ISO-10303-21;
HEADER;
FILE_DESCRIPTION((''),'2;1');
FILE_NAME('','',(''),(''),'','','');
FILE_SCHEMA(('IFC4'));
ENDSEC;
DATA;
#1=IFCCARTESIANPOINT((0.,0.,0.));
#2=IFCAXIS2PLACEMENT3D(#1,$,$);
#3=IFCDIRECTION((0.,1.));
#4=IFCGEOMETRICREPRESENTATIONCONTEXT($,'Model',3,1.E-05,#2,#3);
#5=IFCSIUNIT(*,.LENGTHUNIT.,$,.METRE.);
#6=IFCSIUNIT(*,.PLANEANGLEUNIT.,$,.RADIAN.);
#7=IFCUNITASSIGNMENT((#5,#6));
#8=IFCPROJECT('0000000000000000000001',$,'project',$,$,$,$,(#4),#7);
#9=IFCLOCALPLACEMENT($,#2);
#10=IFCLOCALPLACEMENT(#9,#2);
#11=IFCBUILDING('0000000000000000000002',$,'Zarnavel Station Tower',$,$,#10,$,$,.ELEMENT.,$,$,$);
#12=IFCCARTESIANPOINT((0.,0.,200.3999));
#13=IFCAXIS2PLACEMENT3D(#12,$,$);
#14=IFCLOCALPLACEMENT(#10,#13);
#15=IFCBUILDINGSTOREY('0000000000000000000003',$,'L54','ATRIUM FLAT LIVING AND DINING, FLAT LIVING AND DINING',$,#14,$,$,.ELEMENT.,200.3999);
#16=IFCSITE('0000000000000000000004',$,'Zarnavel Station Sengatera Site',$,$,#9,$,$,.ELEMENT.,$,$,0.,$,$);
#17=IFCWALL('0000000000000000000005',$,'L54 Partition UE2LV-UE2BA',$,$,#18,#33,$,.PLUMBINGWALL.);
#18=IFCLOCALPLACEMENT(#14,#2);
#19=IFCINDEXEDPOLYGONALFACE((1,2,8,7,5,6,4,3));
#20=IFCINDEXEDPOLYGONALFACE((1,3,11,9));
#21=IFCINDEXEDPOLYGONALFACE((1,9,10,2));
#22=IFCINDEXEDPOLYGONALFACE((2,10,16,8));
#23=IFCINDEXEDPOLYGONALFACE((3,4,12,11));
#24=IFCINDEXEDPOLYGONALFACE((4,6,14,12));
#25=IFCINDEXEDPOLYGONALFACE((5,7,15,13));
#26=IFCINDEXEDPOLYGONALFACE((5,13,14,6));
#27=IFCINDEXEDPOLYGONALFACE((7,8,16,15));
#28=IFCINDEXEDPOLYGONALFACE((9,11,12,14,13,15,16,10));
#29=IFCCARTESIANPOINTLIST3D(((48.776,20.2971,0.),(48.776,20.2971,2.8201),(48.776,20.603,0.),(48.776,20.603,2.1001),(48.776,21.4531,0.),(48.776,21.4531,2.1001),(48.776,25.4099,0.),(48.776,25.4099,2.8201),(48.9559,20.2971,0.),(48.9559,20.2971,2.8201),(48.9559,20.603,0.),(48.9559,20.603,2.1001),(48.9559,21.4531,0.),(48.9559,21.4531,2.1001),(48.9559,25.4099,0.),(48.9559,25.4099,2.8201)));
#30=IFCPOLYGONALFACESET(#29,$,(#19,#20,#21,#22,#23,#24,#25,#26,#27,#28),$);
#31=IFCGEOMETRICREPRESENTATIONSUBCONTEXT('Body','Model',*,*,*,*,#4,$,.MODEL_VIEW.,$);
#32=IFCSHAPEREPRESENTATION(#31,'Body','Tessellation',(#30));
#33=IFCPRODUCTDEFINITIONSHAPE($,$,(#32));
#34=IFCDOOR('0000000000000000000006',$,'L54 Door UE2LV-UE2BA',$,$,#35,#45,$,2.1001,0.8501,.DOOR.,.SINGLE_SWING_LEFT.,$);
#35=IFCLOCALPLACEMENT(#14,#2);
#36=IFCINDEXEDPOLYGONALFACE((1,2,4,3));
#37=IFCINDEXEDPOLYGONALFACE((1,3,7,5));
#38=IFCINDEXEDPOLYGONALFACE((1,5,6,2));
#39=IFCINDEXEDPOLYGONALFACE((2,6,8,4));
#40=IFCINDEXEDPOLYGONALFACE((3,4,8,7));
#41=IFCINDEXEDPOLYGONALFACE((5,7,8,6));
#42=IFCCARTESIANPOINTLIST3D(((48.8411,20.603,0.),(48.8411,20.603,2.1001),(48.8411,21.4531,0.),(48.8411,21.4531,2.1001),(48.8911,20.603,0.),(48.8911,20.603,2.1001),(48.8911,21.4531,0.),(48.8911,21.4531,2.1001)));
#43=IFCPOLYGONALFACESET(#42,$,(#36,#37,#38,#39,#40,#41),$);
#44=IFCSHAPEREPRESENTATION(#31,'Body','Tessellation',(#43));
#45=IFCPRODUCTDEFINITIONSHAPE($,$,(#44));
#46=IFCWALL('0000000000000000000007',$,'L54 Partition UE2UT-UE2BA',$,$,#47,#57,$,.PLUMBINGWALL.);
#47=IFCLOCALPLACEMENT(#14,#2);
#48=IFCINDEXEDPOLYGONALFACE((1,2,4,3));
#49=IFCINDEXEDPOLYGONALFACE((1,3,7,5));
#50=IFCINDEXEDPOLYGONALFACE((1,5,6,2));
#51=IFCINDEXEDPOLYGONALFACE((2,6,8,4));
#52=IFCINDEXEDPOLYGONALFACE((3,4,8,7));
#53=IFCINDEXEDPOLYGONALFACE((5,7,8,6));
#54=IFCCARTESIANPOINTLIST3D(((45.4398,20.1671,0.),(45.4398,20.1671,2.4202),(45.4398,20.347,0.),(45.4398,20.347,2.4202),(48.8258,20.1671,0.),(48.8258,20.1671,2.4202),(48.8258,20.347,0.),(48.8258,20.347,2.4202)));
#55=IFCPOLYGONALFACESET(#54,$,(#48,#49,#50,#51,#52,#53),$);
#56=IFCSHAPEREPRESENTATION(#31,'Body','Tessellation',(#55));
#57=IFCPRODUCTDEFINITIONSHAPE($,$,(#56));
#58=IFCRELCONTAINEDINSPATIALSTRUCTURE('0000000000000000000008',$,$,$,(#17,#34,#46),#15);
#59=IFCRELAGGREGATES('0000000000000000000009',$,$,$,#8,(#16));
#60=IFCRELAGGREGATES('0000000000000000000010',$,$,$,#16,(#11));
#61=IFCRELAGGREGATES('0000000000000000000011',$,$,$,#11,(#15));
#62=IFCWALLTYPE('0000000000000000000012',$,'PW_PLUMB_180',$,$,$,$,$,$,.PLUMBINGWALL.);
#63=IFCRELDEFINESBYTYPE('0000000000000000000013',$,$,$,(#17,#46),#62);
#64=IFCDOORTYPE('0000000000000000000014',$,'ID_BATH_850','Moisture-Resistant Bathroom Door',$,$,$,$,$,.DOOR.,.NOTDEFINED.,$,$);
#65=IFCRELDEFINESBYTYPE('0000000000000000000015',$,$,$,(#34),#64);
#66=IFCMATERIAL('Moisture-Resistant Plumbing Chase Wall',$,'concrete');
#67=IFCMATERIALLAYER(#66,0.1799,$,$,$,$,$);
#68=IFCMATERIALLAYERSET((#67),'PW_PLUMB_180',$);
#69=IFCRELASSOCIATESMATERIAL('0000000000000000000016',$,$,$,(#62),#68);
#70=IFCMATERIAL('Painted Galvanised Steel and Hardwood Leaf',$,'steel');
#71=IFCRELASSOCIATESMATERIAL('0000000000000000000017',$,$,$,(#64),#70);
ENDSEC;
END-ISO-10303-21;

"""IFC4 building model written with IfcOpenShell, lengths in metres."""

from ifc_helpers import new_model, si_unit, direction, frame, frame_2d, origin, place, context, subcontext, project, spatial, rectangle, extrude, material, layer, layer_set, type_object, element, fill, save


model = new_model("IFC4")

# Units and contexts
model_context = context("Model", 3, precision=1e-05, world=origin(), true_north=direction((0.0, 1.0)))
body_context = subcontext(model_context, "Body", "Model", "MODEL_VIEW")
ifc_project = project(units=[si_unit("LENGTHUNIT", "METRE"), si_unit("PLANEANGLEUNIT", "RADIAN")], contexts=[model_context])

# Site, building, storey
site_placement = place(None, origin())
site = spatial("IfcSite", under=ifc_project, at=site_placement, Name="Zarnavel Station Sengatera Site", CompositionType="ELEMENT", RefElevation=0.0)
building_placement = place(site_placement, origin())
building = spatial("IfcBuilding", under=site, at=building_placement, Name="Zarnavel Station Tower", CompositionType="ELEMENT")
storey_placement = place(building_placement, frame((0.0, 0.0, 200.3999)))
storey = spatial("IfcBuildingStorey", under=building, at=storey_placement, Name="L54", Description="ATRIUM FLAT LIVING AND DINING, FLAT LIVING AND DINING", CompositionType="ELEMENT", Elevation=200.3999)

# Shared definitions
ifc_material_1 = material(Name="Moisture-Resistant Plumbing Chase Wall", Category="concrete")
ifc_layer_1 = layer(ifc_material_1, 0.1799)
ifc_layer_set_1 = layer_set([ifc_layer_1], Name="PW_PLUMB_180")
wall_type_1 = type_object("IfcWallType", Name="PW_PLUMB_180", PredefinedType="PLUMBINGWALL", material=ifc_layer_set_1)

# Shared definitions
ifc_material_2 = material(Name="Painted Galvanised Steel and Hardwood Leaf", Category="steel")
door_type_1 = type_object("IfcDoorType", Name="ID_BATH_850", Description="Moisture-Resistant Bathroom Door", OperationType="NOTDEFINED", PredefinedType="DOOR", material=ifc_material_2)

# Wall, opening, door
wall_1_placement = place(storey_placement, frame((48.866, 20.2971, 0.0), z_axis=(0.0, 0.0, 1.0), x_axis=(0.0, 1.0, 0.0)))
wall_1 = element("IfcWall", 1, at=wall_1_placement, inside=storey, type_object=wall_type_1, Name="L54 Partition UE2LV-UE2BA", PredefinedType="PLUMBINGWALL", context=body_context, shape_type="SweptSolid", body=[
    extrude(rectangle(XDim=5.1128, YDim=0.1799, at=frame_2d((2.5564, 0.0))), origin(), (0.0, 0.0, 1.0), 2.8201),
])
opening_1_placement = place(wall_1_placement, frame((0.3059, 0.0, 0.0)))
opening_1 = element("IfcOpeningElement", 2, at=opening_1_placement, cuts=wall_1, PredefinedType="OPENING", context=body_context, shape_type="SweptSolid", body=[
    extrude(rectangle(XDim=0.8501, YDim=2.1001, at=frame_2d((0.425, 1.05))), frame((0.0, 0.0999, 0.0), z_axis=(0.0, -1.0, 0.0), x_axis=(1.0, 0.0, 0.0)), (0.0, 0.0, 1.0), 0.2),
])
door_1_placement = place(opening_1_placement, origin())
door_1 = element("IfcDoor", 3, at=door_1_placement, inside=storey, type_object=door_type_1, Name="L54 Door UE2LV-UE2BA", OperationType="SINGLE_SWING_LEFT", OverallHeight=2.1001, OverallWidth=0.8501, PredefinedType="DOOR", context=body_context, shape_type="SweptSolid", body=[
    extrude(rectangle(XDim=0.8501, YDim=2.1001, at=frame_2d((0.425, 1.05))), frame((0.0, 0.0249, 0.0), z_axis=(0.0, -1.0, 0.0), x_axis=(1.0, 0.0, 0.0)), (0.0, 0.0, 1.0), 0.05),
])
fill(opening_1, door_1)

# Wall
wall_2_placement = place(storey_placement, frame((45.4399, 20.2571, 0.0), z_axis=(0.0, 0.0, 1.0), x_axis=(1.0, 0.0, 0.0)))
element("IfcWall", 4, at=wall_2_placement, inside=storey, type_object=wall_type_1, Name="L54 Partition UE2UT-UE2BA", PredefinedType="PLUMBINGWALL", context=body_context, shape_type="SweptSolid", body=[
    extrude(rectangle(XDim=3.386, YDim=0.1799, at=frame_2d((1.6929, 0.0))), origin(), (0.0, 0.0, 1.0), 2.4202),
])

save(model, "model.ifc")
